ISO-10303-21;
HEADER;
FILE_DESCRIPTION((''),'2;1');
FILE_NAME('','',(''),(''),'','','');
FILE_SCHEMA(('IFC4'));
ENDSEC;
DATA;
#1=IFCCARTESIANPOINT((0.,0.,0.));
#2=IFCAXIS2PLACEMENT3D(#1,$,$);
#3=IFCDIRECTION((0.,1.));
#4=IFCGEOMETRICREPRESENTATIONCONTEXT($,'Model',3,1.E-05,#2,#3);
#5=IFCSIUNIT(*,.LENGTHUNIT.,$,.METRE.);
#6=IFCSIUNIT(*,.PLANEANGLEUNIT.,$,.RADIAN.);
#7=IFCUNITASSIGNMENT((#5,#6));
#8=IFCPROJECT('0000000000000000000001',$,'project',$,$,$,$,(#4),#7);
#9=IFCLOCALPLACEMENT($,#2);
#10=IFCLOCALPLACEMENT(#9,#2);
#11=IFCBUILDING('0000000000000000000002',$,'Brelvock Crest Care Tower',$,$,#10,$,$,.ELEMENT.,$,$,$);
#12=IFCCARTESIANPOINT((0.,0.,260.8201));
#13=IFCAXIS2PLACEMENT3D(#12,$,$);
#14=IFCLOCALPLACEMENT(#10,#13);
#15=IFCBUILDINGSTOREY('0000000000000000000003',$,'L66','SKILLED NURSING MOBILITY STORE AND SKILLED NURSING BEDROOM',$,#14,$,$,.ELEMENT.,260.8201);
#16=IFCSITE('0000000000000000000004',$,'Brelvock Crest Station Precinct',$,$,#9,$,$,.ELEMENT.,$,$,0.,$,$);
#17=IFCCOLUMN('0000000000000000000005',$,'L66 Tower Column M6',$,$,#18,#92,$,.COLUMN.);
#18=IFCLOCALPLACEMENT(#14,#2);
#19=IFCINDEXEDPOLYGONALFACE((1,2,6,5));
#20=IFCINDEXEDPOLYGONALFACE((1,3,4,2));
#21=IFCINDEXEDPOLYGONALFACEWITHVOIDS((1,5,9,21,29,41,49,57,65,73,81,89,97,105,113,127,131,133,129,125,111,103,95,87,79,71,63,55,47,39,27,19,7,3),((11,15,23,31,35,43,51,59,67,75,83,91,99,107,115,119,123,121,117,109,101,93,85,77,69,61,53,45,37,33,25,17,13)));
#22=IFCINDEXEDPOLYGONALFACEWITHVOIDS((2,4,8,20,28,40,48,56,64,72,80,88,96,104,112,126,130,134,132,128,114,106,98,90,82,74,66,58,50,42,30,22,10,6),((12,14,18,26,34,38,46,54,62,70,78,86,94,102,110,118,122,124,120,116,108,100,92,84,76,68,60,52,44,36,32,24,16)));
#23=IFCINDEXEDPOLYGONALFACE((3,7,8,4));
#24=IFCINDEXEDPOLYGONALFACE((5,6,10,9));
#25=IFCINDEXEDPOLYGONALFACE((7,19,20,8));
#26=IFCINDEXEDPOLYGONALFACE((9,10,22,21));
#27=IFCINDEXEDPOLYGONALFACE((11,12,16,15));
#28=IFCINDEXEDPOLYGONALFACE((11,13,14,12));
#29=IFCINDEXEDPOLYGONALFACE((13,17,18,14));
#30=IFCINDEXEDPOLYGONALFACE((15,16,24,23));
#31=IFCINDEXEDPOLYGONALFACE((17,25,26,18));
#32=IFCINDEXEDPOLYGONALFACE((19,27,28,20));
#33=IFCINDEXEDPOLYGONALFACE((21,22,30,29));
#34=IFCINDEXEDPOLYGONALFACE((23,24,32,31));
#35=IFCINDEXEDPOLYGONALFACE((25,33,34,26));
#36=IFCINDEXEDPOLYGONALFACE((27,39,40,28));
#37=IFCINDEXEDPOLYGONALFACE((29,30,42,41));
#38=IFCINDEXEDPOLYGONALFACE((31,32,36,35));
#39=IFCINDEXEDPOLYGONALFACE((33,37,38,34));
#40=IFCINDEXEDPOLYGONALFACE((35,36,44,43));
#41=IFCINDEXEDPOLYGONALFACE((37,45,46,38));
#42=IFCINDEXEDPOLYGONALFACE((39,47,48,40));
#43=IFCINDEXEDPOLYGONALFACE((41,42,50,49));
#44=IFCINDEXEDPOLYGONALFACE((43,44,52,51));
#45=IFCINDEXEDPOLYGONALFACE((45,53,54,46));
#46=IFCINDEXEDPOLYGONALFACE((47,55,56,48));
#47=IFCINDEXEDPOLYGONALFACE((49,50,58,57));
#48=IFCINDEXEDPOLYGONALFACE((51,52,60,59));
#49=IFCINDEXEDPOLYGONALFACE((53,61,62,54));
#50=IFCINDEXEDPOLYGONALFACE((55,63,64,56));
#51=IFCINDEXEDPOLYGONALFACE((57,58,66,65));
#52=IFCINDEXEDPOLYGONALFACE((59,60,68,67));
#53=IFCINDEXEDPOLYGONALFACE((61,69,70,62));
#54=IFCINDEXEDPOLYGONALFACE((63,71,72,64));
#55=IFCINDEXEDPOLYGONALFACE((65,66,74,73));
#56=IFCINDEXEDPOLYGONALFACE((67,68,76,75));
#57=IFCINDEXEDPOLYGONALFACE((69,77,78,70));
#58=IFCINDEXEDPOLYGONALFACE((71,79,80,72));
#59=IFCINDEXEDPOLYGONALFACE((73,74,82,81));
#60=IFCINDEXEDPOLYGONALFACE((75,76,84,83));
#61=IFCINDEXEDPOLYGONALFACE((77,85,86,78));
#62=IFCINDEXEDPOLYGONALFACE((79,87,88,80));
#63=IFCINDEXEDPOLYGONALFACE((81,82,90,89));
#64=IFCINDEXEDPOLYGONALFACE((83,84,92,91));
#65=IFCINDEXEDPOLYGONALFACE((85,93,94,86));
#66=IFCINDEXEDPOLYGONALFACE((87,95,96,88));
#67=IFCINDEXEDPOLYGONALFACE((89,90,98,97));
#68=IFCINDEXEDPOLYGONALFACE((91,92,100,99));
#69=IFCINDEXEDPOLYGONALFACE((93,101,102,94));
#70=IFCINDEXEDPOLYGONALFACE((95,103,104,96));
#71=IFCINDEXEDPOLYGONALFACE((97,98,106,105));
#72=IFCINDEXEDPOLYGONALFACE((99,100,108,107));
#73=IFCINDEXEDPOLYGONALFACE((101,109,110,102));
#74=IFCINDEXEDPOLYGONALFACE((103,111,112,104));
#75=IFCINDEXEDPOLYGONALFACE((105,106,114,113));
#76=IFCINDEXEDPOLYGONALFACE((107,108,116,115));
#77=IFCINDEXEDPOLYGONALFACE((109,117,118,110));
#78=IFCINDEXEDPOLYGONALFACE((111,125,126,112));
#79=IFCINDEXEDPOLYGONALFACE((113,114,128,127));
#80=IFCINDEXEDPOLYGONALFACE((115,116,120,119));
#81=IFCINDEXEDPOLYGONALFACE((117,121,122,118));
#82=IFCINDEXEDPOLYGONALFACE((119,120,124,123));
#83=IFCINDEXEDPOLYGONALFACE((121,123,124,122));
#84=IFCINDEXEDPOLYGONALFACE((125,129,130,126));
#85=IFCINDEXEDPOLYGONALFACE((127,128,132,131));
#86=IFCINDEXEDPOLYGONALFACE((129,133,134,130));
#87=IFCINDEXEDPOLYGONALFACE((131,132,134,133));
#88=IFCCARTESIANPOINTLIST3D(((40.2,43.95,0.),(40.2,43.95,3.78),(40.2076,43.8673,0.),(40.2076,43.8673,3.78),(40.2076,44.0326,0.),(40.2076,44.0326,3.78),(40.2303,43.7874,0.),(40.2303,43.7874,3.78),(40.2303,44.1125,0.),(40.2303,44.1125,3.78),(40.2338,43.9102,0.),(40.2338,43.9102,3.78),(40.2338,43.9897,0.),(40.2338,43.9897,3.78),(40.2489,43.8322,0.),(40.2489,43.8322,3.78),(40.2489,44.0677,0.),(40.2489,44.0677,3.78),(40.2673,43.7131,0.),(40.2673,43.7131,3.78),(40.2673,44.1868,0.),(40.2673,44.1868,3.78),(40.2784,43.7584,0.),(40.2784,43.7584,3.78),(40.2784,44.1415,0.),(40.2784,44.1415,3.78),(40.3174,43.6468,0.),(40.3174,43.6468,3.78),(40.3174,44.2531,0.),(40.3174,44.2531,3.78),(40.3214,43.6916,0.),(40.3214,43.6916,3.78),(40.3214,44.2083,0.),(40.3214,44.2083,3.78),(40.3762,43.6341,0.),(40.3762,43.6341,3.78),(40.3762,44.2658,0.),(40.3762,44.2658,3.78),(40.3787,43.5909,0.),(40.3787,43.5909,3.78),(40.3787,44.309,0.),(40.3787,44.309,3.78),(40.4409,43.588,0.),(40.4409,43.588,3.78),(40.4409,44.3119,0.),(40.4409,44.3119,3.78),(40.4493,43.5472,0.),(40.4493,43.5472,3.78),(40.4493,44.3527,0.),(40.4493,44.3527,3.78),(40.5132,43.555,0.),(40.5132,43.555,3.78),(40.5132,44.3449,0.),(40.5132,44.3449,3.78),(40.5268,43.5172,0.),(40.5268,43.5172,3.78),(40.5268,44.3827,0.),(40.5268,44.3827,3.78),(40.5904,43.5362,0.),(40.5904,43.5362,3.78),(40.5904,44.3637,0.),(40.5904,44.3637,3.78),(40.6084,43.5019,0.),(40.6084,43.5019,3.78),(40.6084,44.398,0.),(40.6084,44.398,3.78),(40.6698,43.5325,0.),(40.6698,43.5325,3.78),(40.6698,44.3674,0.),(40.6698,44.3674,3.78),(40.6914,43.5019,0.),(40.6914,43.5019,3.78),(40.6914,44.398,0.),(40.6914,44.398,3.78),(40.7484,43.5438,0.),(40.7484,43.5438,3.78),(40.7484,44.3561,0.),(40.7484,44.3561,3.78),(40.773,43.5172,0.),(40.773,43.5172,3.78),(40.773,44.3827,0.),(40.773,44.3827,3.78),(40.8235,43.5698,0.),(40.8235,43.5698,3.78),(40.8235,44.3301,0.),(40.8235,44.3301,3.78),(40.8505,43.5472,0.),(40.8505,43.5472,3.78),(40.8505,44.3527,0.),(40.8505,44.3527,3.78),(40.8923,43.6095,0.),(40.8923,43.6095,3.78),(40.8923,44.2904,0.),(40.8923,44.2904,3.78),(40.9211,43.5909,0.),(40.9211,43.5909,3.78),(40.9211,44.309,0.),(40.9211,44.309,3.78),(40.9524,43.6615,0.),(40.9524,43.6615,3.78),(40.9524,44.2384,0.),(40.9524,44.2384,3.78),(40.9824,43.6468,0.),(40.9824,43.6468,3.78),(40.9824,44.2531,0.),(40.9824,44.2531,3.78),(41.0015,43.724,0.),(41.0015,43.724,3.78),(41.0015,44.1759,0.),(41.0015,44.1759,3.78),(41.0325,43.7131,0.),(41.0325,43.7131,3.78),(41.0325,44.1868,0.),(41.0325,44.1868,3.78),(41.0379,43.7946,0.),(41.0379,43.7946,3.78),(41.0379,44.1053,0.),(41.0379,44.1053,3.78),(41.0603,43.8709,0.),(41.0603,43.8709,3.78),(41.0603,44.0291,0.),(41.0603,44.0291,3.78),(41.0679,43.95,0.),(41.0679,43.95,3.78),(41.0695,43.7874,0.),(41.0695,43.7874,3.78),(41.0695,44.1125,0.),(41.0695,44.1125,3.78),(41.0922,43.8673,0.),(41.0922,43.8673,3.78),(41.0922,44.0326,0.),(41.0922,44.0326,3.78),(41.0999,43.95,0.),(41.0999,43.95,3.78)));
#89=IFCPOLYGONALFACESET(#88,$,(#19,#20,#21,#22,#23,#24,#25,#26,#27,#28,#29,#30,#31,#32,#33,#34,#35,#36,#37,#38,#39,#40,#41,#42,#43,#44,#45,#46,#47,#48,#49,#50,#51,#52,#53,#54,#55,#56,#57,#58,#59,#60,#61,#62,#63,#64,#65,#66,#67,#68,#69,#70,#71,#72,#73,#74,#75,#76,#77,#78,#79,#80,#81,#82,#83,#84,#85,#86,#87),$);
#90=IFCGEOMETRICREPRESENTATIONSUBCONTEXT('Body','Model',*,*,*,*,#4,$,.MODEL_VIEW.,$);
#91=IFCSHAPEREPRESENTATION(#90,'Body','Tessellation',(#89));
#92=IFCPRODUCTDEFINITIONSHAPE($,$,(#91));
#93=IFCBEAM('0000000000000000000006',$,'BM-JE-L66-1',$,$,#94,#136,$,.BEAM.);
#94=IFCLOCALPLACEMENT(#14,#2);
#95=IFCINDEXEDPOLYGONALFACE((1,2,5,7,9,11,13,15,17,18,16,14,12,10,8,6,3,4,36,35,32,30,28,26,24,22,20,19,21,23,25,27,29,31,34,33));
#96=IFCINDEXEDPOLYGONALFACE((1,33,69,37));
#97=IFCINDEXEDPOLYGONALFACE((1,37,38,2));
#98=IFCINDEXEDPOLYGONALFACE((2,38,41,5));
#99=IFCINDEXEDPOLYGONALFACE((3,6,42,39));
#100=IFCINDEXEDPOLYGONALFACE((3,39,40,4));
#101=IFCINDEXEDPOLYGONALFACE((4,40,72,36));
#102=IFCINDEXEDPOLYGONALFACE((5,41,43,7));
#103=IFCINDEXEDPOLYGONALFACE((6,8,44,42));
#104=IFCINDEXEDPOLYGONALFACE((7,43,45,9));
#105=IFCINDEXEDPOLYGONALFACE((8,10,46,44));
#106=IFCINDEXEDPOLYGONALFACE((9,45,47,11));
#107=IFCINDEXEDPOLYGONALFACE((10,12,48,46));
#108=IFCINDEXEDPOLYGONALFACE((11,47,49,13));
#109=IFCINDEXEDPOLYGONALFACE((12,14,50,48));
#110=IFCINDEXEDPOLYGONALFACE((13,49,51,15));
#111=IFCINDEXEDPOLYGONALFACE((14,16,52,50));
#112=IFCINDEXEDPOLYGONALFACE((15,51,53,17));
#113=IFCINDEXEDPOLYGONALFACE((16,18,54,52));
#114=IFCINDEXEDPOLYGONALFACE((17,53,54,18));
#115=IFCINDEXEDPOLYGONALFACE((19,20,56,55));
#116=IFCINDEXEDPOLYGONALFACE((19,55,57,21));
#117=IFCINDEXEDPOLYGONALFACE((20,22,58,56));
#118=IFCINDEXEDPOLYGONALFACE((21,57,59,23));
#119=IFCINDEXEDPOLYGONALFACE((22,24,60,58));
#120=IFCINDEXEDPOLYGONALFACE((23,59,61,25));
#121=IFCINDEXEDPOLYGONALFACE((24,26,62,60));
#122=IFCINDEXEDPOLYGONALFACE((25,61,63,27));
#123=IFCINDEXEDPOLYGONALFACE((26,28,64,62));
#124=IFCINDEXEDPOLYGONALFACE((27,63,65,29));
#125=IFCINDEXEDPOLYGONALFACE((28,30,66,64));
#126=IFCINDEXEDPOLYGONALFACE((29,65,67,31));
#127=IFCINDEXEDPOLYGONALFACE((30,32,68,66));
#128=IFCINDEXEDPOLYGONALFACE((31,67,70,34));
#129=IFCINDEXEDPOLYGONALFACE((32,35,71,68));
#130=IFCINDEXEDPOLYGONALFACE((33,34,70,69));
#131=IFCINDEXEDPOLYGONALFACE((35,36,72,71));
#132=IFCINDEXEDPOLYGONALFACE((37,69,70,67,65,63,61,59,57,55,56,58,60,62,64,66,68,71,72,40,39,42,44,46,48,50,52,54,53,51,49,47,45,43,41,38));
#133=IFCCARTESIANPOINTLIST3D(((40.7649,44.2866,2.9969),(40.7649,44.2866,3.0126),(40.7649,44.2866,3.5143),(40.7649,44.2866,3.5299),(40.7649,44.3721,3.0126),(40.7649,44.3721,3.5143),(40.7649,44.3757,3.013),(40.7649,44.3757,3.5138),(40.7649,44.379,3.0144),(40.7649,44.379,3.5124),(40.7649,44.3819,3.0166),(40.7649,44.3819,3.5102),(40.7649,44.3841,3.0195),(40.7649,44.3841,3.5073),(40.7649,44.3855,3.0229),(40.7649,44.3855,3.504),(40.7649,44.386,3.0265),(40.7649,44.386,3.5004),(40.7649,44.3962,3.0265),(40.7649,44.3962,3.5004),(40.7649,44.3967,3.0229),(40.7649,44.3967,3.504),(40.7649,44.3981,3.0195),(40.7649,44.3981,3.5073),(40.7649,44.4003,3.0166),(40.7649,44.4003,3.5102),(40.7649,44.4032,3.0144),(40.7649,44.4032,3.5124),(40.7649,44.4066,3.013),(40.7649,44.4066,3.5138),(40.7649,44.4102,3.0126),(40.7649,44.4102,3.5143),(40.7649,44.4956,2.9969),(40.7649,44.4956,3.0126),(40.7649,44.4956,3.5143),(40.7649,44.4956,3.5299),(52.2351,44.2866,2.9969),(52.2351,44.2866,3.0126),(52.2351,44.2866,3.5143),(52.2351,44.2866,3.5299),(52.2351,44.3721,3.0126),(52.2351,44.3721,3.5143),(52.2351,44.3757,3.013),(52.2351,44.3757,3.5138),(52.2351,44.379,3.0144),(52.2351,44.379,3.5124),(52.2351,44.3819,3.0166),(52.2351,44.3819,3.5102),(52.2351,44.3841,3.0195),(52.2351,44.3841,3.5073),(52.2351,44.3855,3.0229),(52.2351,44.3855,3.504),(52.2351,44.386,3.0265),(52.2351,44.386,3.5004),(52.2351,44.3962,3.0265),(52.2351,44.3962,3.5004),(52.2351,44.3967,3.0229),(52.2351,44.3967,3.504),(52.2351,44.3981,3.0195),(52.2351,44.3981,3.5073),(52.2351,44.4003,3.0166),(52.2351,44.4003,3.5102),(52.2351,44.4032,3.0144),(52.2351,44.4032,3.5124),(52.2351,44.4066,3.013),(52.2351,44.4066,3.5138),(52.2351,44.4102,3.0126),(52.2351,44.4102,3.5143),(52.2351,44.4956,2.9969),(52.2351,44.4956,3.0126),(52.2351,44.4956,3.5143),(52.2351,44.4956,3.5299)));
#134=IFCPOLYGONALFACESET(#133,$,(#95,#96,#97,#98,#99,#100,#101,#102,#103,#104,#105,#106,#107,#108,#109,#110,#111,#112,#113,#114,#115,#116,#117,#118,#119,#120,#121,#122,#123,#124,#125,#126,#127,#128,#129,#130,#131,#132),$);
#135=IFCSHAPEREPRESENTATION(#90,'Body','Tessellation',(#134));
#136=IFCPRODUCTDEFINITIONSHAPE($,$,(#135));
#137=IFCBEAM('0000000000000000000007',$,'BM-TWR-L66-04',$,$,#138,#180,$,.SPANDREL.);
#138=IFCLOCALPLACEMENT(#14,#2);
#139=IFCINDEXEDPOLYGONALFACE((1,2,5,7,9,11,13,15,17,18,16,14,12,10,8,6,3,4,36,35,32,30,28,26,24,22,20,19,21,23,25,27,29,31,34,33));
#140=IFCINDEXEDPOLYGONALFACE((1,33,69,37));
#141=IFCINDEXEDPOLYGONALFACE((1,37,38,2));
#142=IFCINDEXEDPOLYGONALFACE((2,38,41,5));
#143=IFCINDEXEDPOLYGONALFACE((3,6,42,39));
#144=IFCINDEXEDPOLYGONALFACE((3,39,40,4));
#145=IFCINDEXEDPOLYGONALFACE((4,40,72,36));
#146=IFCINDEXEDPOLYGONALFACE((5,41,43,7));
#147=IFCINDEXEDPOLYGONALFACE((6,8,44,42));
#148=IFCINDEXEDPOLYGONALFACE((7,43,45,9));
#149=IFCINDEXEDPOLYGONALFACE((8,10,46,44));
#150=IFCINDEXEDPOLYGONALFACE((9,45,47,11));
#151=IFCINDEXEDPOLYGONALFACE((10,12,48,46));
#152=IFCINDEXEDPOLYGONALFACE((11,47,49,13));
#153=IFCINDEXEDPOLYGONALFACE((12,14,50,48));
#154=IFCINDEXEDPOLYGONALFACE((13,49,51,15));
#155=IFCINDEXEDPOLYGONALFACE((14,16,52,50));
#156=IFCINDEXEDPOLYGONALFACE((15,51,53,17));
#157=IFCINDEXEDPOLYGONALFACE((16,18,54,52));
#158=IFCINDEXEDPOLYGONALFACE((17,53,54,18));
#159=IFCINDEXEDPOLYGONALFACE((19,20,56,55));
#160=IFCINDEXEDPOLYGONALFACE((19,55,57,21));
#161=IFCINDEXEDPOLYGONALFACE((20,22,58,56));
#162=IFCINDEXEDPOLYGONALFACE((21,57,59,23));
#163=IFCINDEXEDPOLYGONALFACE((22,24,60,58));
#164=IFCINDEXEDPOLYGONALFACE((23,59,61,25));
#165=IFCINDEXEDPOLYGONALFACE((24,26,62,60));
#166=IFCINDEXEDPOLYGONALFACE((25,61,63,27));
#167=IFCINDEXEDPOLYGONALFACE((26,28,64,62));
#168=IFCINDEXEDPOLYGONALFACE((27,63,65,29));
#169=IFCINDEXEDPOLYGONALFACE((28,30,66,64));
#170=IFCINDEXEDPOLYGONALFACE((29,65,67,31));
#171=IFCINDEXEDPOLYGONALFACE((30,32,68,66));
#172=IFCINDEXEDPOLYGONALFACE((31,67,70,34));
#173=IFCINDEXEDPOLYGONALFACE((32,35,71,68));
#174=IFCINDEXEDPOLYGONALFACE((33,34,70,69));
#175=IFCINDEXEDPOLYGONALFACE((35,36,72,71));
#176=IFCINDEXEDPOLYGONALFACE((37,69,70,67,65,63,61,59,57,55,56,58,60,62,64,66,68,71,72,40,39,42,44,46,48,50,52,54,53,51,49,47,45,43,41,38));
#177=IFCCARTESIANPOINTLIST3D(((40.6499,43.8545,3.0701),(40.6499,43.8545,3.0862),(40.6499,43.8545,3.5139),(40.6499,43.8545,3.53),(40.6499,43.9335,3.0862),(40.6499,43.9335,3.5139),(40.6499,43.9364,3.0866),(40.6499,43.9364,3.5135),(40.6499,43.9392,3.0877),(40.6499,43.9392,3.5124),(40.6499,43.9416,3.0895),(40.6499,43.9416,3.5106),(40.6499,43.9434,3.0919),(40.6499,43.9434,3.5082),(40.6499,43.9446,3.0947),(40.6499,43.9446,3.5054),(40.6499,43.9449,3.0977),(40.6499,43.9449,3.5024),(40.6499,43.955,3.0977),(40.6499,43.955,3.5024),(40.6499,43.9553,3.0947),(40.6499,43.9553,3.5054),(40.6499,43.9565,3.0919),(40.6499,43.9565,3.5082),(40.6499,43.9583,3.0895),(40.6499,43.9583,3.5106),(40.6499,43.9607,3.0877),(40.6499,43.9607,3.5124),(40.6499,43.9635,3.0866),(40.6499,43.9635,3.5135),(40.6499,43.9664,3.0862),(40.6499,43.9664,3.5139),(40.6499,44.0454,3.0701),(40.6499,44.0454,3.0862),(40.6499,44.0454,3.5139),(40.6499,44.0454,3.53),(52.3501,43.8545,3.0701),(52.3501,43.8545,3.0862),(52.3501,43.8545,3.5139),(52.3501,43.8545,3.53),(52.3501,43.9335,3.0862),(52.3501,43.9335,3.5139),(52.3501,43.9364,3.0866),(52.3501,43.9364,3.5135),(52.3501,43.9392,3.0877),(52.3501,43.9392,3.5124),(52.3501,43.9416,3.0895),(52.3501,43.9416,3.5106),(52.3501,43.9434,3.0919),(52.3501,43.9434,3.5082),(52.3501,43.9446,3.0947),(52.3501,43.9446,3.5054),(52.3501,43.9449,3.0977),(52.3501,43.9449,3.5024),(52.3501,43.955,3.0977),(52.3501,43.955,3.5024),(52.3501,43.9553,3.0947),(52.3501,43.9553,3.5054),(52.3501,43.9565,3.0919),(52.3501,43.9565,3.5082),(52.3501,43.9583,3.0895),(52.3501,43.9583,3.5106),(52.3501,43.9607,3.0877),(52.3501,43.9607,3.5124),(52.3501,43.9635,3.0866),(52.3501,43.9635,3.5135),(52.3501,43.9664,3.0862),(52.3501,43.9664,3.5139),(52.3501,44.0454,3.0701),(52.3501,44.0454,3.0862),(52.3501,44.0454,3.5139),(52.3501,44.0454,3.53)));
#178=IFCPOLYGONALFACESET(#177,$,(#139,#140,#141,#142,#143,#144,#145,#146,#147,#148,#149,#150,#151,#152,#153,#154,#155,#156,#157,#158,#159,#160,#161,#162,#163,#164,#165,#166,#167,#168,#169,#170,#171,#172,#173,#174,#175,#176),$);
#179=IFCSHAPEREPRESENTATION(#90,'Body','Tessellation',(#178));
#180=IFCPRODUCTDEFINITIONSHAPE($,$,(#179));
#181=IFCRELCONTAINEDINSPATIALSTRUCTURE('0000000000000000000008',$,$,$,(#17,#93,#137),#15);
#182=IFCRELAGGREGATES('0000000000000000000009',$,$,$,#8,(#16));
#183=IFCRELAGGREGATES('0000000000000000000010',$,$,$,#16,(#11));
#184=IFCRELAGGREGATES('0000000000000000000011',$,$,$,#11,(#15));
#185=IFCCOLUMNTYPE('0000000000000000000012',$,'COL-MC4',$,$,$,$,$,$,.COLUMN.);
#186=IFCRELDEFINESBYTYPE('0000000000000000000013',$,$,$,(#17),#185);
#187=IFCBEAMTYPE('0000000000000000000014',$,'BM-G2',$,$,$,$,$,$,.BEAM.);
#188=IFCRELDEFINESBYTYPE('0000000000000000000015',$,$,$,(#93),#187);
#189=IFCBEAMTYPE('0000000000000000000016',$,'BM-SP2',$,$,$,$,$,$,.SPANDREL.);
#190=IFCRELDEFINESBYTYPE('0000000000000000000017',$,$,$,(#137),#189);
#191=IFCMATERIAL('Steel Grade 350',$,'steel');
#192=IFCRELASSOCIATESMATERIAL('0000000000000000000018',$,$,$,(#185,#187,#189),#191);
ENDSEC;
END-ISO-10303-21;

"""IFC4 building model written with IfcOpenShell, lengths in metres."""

from ifc_helpers import new_model, si_unit, direction, frame, origin, origin_2d, place, context, subcontext, project, spatial, hollow_circle, i_section, extrude, source, transform, mapped, material, material_profile, profile_set, type_object, element, save


model = new_model("IFC4")

# Units and contexts
model_context = context("Model", 3, precision=1e-05, world=origin(), true_north=direction((0.0, 1.0)))
body_context = subcontext(model_context, "Body", "Model", "MODEL_VIEW")
ifc_project = project(units=[si_unit("LENGTHUNIT", "METRE"), si_unit("PLANEANGLEUNIT", "RADIAN")], contexts=[model_context])

# Site, building, storey
site_placement = place(None, origin())
site = spatial("IfcSite", under=ifc_project, at=site_placement, Name="Brelvock Crest Station Precinct", CompositionType="ELEMENT", RefElevation=0.0)
building_placement = place(site_placement, origin())
building = spatial("IfcBuilding", under=site, at=building_placement, Name="Brelvock Crest Care Tower", CompositionType="ELEMENT")
storey_placement = place(building_placement, frame((0.0, 0.0, 260.8201)))
storey = spatial("IfcBuildingStorey", under=building, at=storey_placement, Name="L66", Description="SKILLED NURSING MOBILITY STORE AND SKILLED NURSING BEDROOM", CompositionType="ELEMENT", Elevation=260.8201)

# Column
ifc_material_1 = material(Name="Steel Grade 350", Category="steel")
ifc_material_profile_1 = material_profile(ifc_material_1, hollow_circle(Radius=0.45, WallThickness=0.032, at=origin_2d()), Name="CFT900x32")
ifc_profile_set_1 = profile_set([ifc_material_profile_1], Name="Steel Grade 350")
column_type = type_object("IfcColumnType", Name="COL-MC4", PredefinedType="COLUMN", material=ifc_profile_set_1)
shared_shape_1 = source(origin(), body_context, "Body", "SweptSolid", [
    extrude(hollow_circle(Radius=0.45, WallThickness=0.032, at=origin_2d()), origin(), (0.0, 0.0, 1.0), 3.78),
])
column_placement = place(storey_placement, frame((40.6499, 43.95, 0.0), z_axis=(0.0, 0.0, 1.0), x_axis=(1.0, 0.0, 0.0)))
element("IfcColumn", 1, at=column_placement, inside=storey, type_object=column_type, Name="L66 Tower Column M6", PredefinedType="COLUMN", context=body_context, shape_type="MappedRepresentation", body=[
    mapped(shared_shape_1, transform((0.0, 0.0, 0.0), x_axis=(1.0, 0.0, 0.0), y_axis=(0.0, 1.0, 0.0), z_axis=(0.0, 0.0, 1.0), scale=1.0)),
])

# Beams
ifc_material_profile_2 = material_profile(ifc_material_1, i_section(OverallWidth=0.209, OverallDepth=0.533, WebThickness=0.0103, FlangeThickness=0.0156, FilletRadius=0.0139, at=origin_2d()), Name="530UB92.4")
ifc_profile_set_2 = profile_set([ifc_material_profile_2], Name="Steel Grade 350")
beam_type_1 = type_object("IfcBeamType", Name="BM-G2", PredefinedType="BEAM", material=ifc_profile_set_2)
shared_shape_2 = source(origin(), body_context, "Body", "SweptSolid", [
    extrude(i_section(OverallWidth=0.209, OverallDepth=0.533, WebThickness=0.0103, FlangeThickness=0.0156, FilletRadius=0.0139, at=origin_2d()), origin(), (0.0, 0.0, 1.0), 11.4702),
])
beam_1_placement = place(storey_placement, frame((40.7649, 44.3911, 3.2634), z_axis=(1.0, 0.0, 0.0), x_axis=(0.0, 1.0, 0.0)))
element("IfcBeam", 2, at=beam_1_placement, inside=storey, type_object=beam_type_1, Name="BM-JE-L66-1", PredefinedType="BEAM", context=body_context, shape_type="MappedRepresentation", body=[
    mapped(shared_shape_2, transform((0.0, 0.0, 0.0), x_axis=(1.0, 0.0, 0.0), y_axis=(0.0, 1.0, 0.0), z_axis=(0.0, 0.0, 1.0), scale=1.0)),
])
ifc_material_profile_3 = material_profile(ifc_material_1, i_section(OverallWidth=0.1909, OverallDepth=0.46, WebThickness=0.01, FlangeThickness=0.0161, FilletRadius=0.0115, at=origin_2d()), Name="460UB82.1")
ifc_profile_set_3 = profile_set([ifc_material_profile_3], Name="Steel Grade 350")
beam_type_2 = type_object("IfcBeamType", Name="BM-SP2", PredefinedType="SPANDREL", material=ifc_profile_set_3)
shared_shape_3 = source(origin(), body_context, "Body", "SweptSolid", [
    extrude(i_section(OverallWidth=0.1909, OverallDepth=0.46, WebThickness=0.01, FlangeThickness=0.0161, FilletRadius=0.0115, at=origin_2d()), origin(), (0.0, 0.0, 1.0), 11.7002),
])
beam_2_placement = place(storey_placement, frame((40.6499, 43.95, 3.3), z_axis=(1.0, 0.0, 0.0), x_axis=(0.0, 1.0, 0.0)))
element("IfcBeam", 3, at=beam_2_placement, inside=storey, type_object=beam_type_2, Name="BM-TWR-L66-04", PredefinedType="SPANDREL", context=body_context, shape_type="MappedRepresentation", body=[
    mapped(shared_shape_3, transform((0.0, 0.0, 0.0), x_axis=(1.0, 0.0, 0.0), y_axis=(0.0, 1.0, 0.0), z_axis=(0.0, 0.0, 1.0), scale=1.0)),
])

save(model, "model.ifc")
